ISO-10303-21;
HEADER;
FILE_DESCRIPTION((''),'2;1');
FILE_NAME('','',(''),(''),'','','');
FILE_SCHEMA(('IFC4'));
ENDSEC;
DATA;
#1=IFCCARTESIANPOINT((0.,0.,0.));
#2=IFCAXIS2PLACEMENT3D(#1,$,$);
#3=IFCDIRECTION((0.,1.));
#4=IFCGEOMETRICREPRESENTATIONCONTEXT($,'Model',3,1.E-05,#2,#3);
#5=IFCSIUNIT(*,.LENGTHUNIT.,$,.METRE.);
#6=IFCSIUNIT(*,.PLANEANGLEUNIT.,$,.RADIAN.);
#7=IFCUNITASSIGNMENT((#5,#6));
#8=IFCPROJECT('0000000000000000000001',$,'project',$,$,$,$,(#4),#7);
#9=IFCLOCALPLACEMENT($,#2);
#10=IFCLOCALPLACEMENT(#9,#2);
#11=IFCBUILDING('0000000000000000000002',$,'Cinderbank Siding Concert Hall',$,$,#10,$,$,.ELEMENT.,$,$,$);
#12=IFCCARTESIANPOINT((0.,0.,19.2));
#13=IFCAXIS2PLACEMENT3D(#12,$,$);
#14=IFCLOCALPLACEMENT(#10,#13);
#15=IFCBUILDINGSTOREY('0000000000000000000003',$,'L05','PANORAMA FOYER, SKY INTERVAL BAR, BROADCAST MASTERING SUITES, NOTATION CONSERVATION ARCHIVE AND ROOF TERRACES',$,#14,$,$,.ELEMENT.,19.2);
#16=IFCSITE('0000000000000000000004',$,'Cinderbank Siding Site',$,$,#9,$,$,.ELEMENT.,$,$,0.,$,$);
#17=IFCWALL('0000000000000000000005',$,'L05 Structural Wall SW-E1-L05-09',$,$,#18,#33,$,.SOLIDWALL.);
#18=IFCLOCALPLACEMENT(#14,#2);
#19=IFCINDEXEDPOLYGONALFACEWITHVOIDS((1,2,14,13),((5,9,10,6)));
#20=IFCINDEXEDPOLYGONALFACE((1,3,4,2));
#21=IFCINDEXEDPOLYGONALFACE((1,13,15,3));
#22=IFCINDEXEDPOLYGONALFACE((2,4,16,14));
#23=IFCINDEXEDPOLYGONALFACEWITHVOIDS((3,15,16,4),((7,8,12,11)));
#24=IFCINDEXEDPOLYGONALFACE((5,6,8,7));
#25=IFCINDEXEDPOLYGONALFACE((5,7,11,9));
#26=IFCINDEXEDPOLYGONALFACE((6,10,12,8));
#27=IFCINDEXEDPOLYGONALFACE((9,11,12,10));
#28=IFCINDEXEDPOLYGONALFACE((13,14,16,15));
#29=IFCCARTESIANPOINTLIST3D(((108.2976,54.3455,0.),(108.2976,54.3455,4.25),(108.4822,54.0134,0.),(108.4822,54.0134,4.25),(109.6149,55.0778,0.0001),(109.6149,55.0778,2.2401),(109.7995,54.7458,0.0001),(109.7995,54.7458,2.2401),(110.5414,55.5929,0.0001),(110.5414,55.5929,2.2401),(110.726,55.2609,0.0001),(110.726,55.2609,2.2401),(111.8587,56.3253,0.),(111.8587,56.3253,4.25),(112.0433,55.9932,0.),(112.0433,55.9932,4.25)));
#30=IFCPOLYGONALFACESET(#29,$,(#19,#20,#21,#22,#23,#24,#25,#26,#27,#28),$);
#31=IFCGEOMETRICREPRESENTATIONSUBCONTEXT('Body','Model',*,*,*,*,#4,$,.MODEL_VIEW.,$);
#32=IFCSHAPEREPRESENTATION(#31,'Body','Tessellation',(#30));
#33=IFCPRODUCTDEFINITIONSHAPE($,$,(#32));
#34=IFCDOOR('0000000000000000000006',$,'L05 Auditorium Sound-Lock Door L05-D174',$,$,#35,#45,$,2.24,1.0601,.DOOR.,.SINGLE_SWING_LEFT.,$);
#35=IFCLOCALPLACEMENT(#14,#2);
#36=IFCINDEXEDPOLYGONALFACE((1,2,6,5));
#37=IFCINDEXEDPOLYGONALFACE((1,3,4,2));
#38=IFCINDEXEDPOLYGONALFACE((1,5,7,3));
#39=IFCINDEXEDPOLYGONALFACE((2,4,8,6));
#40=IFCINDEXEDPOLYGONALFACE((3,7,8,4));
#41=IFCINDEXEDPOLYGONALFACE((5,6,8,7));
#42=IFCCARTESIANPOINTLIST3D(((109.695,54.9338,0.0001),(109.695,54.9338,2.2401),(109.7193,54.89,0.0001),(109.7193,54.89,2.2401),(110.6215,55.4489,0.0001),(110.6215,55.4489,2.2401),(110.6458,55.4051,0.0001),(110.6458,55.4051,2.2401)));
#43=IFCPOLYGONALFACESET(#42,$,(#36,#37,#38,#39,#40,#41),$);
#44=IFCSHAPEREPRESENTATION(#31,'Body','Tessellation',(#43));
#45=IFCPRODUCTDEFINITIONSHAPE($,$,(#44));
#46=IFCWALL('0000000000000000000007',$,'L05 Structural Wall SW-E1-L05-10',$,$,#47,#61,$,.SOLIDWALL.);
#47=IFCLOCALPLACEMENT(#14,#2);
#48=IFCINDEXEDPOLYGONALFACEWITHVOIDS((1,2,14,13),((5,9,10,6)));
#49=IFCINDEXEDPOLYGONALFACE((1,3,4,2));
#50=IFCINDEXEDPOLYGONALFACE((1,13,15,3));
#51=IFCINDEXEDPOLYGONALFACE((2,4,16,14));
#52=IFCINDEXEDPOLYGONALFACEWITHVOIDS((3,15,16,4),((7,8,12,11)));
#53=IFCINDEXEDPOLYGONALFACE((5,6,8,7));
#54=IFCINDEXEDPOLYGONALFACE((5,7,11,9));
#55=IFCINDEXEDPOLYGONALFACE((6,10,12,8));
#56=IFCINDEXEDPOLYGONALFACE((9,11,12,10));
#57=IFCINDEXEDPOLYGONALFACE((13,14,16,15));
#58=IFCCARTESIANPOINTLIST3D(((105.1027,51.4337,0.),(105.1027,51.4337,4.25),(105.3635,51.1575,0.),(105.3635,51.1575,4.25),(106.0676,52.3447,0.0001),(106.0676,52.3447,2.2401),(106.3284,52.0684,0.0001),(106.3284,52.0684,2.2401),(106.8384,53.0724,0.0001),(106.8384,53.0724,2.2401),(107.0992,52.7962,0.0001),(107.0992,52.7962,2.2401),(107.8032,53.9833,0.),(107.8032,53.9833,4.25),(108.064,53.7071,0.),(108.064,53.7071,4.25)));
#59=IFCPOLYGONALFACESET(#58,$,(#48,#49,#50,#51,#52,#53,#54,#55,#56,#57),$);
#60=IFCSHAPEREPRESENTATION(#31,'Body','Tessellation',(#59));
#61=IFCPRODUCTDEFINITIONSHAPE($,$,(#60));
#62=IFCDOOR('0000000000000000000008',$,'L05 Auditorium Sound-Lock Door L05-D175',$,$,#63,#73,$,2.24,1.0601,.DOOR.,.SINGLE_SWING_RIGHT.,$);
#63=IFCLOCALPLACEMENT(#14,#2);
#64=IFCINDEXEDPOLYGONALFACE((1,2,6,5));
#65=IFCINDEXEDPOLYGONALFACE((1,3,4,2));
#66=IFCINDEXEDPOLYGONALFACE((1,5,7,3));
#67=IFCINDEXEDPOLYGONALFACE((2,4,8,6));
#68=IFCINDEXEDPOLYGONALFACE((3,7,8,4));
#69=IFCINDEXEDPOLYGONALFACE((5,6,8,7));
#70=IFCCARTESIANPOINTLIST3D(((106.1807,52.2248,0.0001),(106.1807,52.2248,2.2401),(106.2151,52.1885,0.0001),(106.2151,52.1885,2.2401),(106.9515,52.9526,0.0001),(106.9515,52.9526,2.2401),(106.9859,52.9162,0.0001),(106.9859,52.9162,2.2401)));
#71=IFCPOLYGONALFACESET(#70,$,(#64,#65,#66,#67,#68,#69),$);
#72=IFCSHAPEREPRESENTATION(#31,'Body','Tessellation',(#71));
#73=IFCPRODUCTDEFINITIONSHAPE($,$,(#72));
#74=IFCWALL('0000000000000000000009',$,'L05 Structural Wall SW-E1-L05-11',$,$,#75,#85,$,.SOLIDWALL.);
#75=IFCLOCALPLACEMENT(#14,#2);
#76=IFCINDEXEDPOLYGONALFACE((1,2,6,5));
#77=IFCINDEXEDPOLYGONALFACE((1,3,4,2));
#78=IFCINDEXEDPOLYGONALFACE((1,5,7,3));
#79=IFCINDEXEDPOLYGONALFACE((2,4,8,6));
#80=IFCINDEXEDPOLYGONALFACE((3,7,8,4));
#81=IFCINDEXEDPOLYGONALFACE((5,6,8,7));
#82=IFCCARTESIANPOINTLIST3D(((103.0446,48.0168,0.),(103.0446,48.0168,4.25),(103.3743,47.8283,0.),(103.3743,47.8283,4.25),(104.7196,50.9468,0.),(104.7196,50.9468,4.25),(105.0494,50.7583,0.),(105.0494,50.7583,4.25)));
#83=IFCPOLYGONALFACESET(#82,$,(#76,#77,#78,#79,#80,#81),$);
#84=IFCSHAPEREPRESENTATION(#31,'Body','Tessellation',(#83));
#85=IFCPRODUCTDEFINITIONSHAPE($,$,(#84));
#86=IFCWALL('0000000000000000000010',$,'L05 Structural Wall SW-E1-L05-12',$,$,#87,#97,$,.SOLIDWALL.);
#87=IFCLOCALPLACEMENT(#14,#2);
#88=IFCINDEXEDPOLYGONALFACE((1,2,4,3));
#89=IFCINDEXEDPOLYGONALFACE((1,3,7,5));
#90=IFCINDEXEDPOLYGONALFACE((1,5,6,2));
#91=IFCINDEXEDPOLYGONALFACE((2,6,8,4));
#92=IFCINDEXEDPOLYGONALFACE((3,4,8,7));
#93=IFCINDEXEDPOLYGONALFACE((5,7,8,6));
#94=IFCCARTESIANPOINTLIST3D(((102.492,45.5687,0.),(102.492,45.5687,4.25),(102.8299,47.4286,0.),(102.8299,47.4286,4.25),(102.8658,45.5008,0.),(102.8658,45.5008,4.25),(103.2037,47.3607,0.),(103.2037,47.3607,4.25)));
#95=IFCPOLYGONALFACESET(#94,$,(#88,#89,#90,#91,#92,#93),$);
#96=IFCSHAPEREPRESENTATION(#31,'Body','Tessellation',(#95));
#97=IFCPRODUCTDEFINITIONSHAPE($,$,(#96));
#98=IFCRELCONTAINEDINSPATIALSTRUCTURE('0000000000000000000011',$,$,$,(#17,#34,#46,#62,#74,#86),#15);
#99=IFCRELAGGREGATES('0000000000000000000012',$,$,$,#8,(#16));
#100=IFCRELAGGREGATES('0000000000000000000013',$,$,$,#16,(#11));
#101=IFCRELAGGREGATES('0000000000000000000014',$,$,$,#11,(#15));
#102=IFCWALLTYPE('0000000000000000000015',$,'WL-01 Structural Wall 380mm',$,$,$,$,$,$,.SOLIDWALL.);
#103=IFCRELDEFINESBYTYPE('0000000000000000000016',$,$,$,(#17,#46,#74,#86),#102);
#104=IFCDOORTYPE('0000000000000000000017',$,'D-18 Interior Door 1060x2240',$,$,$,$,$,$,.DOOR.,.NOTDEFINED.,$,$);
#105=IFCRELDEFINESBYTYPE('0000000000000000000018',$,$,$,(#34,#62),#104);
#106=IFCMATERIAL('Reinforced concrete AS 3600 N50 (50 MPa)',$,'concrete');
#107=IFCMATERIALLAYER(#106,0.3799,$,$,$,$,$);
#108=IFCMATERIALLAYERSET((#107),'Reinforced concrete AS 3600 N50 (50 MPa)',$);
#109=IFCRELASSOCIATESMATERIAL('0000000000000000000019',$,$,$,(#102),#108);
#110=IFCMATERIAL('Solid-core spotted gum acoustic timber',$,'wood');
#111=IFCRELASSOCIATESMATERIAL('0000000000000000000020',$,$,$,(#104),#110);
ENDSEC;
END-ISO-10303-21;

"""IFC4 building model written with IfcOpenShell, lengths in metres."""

from ifc_helpers import new_model, si_unit, direction, frame, frame_2d, origin, place, context, subcontext, project, spatial, rectangle, extrude, material, layer, layer_set, type_object, element, fill, save


model = new_model("IFC4")

# Units and contexts
model_context = context("Model", 3, precision=1e-05, world=origin(), true_north=direction((0.0, 1.0)))
body_context = subcontext(model_context, "Body", "Model", "MODEL_VIEW")
ifc_project = project(units=[si_unit("LENGTHUNIT", "METRE"), si_unit("PLANEANGLEUNIT", "RADIAN")], contexts=[model_context])

# Site, building, storey
site_placement = place(None, origin())
site = spatial("IfcSite", under=ifc_project, at=site_placement, Name="Cinderbank Siding Site", CompositionType="ELEMENT", RefElevation=0.0)
building_placement = place(site_placement, origin())
building = spatial("IfcBuilding", under=site, at=building_placement, Name="Cinderbank Siding Concert Hall", CompositionType="ELEMENT")
storey_placement = place(building_placement, frame((0.0, 0.0, 19.2)))
storey = spatial("IfcBuildingStorey", under=building, at=storey_placement, Name="L05", Description="PANORAMA FOYER, SKY INTERVAL BAR, BROADCAST MASTERING SUITES, NOTATION CONSERVATION ARCHIVE AND ROOF TERRACES", CompositionType="ELEMENT", Elevation=19.2)

# Shared definitions
ifc_material_1 = material(Name="Reinforced concrete AS 3600 N50 (50 MPa)", Category="concrete")

# Walls, openings, doors
ifc_layer_1 = layer(ifc_material_1, 0.3799)
ifc_layer_set_1 = layer_set([ifc_layer_1], Name="Reinforced concrete AS 3600 N50 (50 MPa)")
wall_type = type_object("IfcWallType", Name="WL-01 Structural Wall 380mm", PredefinedType="SOLIDWALL", material=ifc_layer_set_1)
wall_1_placement = place(storey_placement, frame((111.9509, 56.1592, 0.0), z_axis=(0.0, 0.0, 1.0), x_axis=(-0.874013, -0.485902, 0.0)))
wall_1 = element("IfcWall", 1, at=wall_1_placement, inside=storey, type_object=wall_type, Name="L05 Structural Wall SW-E1-L05-09", PredefinedType="SOLIDWALL", context=body_context, shape_type="SweptSolid", body=[
    extrude(rectangle(XDim=4.0745, YDim=0.3799, at=frame_2d((2.0371, 0.0))), origin(), (0.0, 0.0, 1.0), 4.25),
])
opening_1_placement = place(wall_1_placement, frame((1.5071, 0.0, 0.0)))
opening_1 = element("IfcOpeningElement", 2, at=opening_1_placement, cuts=wall_1, PredefinedType="OPENING", context=body_context, shape_type="SweptSolid", body=[
    extrude(rectangle(XDim=1.0601, YDim=2.24, at=frame_2d((0.53, 1.1201))), frame((0.0, 0.2019, 0.0), z_axis=(0.0, -1.0, 0.0), x_axis=(1.0, 0.0, 0.0)), (0.0, 0.0, 1.0), 0.4038),
])
ifc_material_2 = material(Name="Solid-core spotted gum acoustic timber", Category="wood")
door_type = type_object("IfcDoorType", Name="D-18 Interior Door 1060x2240", OperationType="NOTDEFINED", PredefinedType="DOOR", material=ifc_material_2)
door_1_placement = place(opening_1_placement, origin())
door_1 = element("IfcDoor", 3, at=door_1_placement, inside=storey, type_object=door_type, Name="L05 Auditorium Sound-Lock Door L05-D174", OperationType="SINGLE_SWING_LEFT", OverallHeight=2.24, OverallWidth=1.0601, PredefinedType="DOOR", context=body_context, shape_type="SweptSolid", body=[
    extrude(rectangle(XDim=1.0601, YDim=2.24, at=frame_2d((0.53, 1.1201))), frame((0.0, 0.0249, 0.0), z_axis=(0.0, -1.0, 0.0), x_axis=(1.0, 0.0, 0.0)), (0.0, 0.0, 1.0), 0.05),
])
fill(opening_1, door_1)
wall_2_placement = place(storey_placement, frame((107.9336, 53.8452, 0.0), z_axis=(0.0, 0.0, 1.0), x_axis=(-0.727128, -0.686502, 0.0)))
wall_2 = element("IfcWall", 4, at=wall_2_placement, inside=storey, type_object=wall_type, Name="L05 Structural Wall SW-E1-L05-10", PredefinedType="SOLIDWALL", context=body_context, shape_type="SweptSolid", body=[
    extrude(rectangle(XDim=3.7139, YDim=0.3799, at=frame_2d((1.8569, 0.0))), origin(), (0.0, 0.0, 1.0), 4.25),
])
opening_2_placement = place(wall_2_placement, frame((1.3269, 0.0, 0.0)))
opening_2 = element("IfcOpeningElement", 5, at=opening_2_placement, cuts=wall_2, PredefinedType="OPENING", context=body_context, shape_type="SweptSolid", body=[
    extrude(rectangle(XDim=1.0601, YDim=2.24, at=frame_2d((0.53, 1.1201))), frame((0.0, 0.2019, 0.0), z_axis=(0.0, -1.0, 0.0), x_axis=(1.0, 0.0, 0.0)), (0.0, 0.0, 1.0), 0.4038),
])
door_2_placement = place(opening_2_placement, origin())
door_2 = element("IfcDoor", 6, at=door_2_placement, inside=storey, type_object=door_type, Name="L05 Auditorium Sound-Lock Door L05-D175", OperationType="SINGLE_SWING_RIGHT", OverallHeight=2.24, OverallWidth=1.0601, PredefinedType="DOOR", context=body_context, shape_type="SweptSolid", body=[
    extrude(rectangle(XDim=1.0601, YDim=2.24, at=frame_2d((0.53, 1.1201))), frame((0.0, 0.0249, 0.0), z_axis=(0.0, -1.0, 0.0), x_axis=(1.0, 0.0, 0.0)), (0.0, 0.0, 1.0), 0.05),
])
fill(opening_2, door_2)

# Walls
wall_3_placement = place(storey_placement, frame((104.8845, 50.8525, 0.0), z_axis=(0.0, 0.0, 1.0), x_axis=(-0.496318, -0.868141, 0.0)))
element("IfcWall", 7, at=wall_3_placement, inside=storey, type_object=wall_type, Name="L05 Structural Wall SW-E1-L05-11", PredefinedType="SOLIDWALL", context=body_context, shape_type="SweptSolid", body=[
    extrude(rectangle(XDim=3.375, YDim=0.3799, at=frame_2d((1.6875, 0.0))), origin(), (0.0, 0.0, 1.0), 4.25),
])
wall_4_placement = place(storey_placement, frame((103.0168, 47.3948, 0.0), z_axis=(0.0, 0.0, 1.0), x_axis=(-0.178749, -0.983895, 0.0)))
element("IfcWall", 8, at=wall_4_placement, inside=storey, type_object=wall_type, Name="L05 Structural Wall SW-E1-L05-12", PredefinedType="SOLIDWALL", context=body_context, shape_type="SweptSolid", body=[
    extrude(rectangle(XDim=1.8904, YDim=0.3799, at=frame_2d((0.9453, 0.0))), origin(), (0.0, 0.0, 1.0), 4.25),
])

save(model, "model.ifc")
